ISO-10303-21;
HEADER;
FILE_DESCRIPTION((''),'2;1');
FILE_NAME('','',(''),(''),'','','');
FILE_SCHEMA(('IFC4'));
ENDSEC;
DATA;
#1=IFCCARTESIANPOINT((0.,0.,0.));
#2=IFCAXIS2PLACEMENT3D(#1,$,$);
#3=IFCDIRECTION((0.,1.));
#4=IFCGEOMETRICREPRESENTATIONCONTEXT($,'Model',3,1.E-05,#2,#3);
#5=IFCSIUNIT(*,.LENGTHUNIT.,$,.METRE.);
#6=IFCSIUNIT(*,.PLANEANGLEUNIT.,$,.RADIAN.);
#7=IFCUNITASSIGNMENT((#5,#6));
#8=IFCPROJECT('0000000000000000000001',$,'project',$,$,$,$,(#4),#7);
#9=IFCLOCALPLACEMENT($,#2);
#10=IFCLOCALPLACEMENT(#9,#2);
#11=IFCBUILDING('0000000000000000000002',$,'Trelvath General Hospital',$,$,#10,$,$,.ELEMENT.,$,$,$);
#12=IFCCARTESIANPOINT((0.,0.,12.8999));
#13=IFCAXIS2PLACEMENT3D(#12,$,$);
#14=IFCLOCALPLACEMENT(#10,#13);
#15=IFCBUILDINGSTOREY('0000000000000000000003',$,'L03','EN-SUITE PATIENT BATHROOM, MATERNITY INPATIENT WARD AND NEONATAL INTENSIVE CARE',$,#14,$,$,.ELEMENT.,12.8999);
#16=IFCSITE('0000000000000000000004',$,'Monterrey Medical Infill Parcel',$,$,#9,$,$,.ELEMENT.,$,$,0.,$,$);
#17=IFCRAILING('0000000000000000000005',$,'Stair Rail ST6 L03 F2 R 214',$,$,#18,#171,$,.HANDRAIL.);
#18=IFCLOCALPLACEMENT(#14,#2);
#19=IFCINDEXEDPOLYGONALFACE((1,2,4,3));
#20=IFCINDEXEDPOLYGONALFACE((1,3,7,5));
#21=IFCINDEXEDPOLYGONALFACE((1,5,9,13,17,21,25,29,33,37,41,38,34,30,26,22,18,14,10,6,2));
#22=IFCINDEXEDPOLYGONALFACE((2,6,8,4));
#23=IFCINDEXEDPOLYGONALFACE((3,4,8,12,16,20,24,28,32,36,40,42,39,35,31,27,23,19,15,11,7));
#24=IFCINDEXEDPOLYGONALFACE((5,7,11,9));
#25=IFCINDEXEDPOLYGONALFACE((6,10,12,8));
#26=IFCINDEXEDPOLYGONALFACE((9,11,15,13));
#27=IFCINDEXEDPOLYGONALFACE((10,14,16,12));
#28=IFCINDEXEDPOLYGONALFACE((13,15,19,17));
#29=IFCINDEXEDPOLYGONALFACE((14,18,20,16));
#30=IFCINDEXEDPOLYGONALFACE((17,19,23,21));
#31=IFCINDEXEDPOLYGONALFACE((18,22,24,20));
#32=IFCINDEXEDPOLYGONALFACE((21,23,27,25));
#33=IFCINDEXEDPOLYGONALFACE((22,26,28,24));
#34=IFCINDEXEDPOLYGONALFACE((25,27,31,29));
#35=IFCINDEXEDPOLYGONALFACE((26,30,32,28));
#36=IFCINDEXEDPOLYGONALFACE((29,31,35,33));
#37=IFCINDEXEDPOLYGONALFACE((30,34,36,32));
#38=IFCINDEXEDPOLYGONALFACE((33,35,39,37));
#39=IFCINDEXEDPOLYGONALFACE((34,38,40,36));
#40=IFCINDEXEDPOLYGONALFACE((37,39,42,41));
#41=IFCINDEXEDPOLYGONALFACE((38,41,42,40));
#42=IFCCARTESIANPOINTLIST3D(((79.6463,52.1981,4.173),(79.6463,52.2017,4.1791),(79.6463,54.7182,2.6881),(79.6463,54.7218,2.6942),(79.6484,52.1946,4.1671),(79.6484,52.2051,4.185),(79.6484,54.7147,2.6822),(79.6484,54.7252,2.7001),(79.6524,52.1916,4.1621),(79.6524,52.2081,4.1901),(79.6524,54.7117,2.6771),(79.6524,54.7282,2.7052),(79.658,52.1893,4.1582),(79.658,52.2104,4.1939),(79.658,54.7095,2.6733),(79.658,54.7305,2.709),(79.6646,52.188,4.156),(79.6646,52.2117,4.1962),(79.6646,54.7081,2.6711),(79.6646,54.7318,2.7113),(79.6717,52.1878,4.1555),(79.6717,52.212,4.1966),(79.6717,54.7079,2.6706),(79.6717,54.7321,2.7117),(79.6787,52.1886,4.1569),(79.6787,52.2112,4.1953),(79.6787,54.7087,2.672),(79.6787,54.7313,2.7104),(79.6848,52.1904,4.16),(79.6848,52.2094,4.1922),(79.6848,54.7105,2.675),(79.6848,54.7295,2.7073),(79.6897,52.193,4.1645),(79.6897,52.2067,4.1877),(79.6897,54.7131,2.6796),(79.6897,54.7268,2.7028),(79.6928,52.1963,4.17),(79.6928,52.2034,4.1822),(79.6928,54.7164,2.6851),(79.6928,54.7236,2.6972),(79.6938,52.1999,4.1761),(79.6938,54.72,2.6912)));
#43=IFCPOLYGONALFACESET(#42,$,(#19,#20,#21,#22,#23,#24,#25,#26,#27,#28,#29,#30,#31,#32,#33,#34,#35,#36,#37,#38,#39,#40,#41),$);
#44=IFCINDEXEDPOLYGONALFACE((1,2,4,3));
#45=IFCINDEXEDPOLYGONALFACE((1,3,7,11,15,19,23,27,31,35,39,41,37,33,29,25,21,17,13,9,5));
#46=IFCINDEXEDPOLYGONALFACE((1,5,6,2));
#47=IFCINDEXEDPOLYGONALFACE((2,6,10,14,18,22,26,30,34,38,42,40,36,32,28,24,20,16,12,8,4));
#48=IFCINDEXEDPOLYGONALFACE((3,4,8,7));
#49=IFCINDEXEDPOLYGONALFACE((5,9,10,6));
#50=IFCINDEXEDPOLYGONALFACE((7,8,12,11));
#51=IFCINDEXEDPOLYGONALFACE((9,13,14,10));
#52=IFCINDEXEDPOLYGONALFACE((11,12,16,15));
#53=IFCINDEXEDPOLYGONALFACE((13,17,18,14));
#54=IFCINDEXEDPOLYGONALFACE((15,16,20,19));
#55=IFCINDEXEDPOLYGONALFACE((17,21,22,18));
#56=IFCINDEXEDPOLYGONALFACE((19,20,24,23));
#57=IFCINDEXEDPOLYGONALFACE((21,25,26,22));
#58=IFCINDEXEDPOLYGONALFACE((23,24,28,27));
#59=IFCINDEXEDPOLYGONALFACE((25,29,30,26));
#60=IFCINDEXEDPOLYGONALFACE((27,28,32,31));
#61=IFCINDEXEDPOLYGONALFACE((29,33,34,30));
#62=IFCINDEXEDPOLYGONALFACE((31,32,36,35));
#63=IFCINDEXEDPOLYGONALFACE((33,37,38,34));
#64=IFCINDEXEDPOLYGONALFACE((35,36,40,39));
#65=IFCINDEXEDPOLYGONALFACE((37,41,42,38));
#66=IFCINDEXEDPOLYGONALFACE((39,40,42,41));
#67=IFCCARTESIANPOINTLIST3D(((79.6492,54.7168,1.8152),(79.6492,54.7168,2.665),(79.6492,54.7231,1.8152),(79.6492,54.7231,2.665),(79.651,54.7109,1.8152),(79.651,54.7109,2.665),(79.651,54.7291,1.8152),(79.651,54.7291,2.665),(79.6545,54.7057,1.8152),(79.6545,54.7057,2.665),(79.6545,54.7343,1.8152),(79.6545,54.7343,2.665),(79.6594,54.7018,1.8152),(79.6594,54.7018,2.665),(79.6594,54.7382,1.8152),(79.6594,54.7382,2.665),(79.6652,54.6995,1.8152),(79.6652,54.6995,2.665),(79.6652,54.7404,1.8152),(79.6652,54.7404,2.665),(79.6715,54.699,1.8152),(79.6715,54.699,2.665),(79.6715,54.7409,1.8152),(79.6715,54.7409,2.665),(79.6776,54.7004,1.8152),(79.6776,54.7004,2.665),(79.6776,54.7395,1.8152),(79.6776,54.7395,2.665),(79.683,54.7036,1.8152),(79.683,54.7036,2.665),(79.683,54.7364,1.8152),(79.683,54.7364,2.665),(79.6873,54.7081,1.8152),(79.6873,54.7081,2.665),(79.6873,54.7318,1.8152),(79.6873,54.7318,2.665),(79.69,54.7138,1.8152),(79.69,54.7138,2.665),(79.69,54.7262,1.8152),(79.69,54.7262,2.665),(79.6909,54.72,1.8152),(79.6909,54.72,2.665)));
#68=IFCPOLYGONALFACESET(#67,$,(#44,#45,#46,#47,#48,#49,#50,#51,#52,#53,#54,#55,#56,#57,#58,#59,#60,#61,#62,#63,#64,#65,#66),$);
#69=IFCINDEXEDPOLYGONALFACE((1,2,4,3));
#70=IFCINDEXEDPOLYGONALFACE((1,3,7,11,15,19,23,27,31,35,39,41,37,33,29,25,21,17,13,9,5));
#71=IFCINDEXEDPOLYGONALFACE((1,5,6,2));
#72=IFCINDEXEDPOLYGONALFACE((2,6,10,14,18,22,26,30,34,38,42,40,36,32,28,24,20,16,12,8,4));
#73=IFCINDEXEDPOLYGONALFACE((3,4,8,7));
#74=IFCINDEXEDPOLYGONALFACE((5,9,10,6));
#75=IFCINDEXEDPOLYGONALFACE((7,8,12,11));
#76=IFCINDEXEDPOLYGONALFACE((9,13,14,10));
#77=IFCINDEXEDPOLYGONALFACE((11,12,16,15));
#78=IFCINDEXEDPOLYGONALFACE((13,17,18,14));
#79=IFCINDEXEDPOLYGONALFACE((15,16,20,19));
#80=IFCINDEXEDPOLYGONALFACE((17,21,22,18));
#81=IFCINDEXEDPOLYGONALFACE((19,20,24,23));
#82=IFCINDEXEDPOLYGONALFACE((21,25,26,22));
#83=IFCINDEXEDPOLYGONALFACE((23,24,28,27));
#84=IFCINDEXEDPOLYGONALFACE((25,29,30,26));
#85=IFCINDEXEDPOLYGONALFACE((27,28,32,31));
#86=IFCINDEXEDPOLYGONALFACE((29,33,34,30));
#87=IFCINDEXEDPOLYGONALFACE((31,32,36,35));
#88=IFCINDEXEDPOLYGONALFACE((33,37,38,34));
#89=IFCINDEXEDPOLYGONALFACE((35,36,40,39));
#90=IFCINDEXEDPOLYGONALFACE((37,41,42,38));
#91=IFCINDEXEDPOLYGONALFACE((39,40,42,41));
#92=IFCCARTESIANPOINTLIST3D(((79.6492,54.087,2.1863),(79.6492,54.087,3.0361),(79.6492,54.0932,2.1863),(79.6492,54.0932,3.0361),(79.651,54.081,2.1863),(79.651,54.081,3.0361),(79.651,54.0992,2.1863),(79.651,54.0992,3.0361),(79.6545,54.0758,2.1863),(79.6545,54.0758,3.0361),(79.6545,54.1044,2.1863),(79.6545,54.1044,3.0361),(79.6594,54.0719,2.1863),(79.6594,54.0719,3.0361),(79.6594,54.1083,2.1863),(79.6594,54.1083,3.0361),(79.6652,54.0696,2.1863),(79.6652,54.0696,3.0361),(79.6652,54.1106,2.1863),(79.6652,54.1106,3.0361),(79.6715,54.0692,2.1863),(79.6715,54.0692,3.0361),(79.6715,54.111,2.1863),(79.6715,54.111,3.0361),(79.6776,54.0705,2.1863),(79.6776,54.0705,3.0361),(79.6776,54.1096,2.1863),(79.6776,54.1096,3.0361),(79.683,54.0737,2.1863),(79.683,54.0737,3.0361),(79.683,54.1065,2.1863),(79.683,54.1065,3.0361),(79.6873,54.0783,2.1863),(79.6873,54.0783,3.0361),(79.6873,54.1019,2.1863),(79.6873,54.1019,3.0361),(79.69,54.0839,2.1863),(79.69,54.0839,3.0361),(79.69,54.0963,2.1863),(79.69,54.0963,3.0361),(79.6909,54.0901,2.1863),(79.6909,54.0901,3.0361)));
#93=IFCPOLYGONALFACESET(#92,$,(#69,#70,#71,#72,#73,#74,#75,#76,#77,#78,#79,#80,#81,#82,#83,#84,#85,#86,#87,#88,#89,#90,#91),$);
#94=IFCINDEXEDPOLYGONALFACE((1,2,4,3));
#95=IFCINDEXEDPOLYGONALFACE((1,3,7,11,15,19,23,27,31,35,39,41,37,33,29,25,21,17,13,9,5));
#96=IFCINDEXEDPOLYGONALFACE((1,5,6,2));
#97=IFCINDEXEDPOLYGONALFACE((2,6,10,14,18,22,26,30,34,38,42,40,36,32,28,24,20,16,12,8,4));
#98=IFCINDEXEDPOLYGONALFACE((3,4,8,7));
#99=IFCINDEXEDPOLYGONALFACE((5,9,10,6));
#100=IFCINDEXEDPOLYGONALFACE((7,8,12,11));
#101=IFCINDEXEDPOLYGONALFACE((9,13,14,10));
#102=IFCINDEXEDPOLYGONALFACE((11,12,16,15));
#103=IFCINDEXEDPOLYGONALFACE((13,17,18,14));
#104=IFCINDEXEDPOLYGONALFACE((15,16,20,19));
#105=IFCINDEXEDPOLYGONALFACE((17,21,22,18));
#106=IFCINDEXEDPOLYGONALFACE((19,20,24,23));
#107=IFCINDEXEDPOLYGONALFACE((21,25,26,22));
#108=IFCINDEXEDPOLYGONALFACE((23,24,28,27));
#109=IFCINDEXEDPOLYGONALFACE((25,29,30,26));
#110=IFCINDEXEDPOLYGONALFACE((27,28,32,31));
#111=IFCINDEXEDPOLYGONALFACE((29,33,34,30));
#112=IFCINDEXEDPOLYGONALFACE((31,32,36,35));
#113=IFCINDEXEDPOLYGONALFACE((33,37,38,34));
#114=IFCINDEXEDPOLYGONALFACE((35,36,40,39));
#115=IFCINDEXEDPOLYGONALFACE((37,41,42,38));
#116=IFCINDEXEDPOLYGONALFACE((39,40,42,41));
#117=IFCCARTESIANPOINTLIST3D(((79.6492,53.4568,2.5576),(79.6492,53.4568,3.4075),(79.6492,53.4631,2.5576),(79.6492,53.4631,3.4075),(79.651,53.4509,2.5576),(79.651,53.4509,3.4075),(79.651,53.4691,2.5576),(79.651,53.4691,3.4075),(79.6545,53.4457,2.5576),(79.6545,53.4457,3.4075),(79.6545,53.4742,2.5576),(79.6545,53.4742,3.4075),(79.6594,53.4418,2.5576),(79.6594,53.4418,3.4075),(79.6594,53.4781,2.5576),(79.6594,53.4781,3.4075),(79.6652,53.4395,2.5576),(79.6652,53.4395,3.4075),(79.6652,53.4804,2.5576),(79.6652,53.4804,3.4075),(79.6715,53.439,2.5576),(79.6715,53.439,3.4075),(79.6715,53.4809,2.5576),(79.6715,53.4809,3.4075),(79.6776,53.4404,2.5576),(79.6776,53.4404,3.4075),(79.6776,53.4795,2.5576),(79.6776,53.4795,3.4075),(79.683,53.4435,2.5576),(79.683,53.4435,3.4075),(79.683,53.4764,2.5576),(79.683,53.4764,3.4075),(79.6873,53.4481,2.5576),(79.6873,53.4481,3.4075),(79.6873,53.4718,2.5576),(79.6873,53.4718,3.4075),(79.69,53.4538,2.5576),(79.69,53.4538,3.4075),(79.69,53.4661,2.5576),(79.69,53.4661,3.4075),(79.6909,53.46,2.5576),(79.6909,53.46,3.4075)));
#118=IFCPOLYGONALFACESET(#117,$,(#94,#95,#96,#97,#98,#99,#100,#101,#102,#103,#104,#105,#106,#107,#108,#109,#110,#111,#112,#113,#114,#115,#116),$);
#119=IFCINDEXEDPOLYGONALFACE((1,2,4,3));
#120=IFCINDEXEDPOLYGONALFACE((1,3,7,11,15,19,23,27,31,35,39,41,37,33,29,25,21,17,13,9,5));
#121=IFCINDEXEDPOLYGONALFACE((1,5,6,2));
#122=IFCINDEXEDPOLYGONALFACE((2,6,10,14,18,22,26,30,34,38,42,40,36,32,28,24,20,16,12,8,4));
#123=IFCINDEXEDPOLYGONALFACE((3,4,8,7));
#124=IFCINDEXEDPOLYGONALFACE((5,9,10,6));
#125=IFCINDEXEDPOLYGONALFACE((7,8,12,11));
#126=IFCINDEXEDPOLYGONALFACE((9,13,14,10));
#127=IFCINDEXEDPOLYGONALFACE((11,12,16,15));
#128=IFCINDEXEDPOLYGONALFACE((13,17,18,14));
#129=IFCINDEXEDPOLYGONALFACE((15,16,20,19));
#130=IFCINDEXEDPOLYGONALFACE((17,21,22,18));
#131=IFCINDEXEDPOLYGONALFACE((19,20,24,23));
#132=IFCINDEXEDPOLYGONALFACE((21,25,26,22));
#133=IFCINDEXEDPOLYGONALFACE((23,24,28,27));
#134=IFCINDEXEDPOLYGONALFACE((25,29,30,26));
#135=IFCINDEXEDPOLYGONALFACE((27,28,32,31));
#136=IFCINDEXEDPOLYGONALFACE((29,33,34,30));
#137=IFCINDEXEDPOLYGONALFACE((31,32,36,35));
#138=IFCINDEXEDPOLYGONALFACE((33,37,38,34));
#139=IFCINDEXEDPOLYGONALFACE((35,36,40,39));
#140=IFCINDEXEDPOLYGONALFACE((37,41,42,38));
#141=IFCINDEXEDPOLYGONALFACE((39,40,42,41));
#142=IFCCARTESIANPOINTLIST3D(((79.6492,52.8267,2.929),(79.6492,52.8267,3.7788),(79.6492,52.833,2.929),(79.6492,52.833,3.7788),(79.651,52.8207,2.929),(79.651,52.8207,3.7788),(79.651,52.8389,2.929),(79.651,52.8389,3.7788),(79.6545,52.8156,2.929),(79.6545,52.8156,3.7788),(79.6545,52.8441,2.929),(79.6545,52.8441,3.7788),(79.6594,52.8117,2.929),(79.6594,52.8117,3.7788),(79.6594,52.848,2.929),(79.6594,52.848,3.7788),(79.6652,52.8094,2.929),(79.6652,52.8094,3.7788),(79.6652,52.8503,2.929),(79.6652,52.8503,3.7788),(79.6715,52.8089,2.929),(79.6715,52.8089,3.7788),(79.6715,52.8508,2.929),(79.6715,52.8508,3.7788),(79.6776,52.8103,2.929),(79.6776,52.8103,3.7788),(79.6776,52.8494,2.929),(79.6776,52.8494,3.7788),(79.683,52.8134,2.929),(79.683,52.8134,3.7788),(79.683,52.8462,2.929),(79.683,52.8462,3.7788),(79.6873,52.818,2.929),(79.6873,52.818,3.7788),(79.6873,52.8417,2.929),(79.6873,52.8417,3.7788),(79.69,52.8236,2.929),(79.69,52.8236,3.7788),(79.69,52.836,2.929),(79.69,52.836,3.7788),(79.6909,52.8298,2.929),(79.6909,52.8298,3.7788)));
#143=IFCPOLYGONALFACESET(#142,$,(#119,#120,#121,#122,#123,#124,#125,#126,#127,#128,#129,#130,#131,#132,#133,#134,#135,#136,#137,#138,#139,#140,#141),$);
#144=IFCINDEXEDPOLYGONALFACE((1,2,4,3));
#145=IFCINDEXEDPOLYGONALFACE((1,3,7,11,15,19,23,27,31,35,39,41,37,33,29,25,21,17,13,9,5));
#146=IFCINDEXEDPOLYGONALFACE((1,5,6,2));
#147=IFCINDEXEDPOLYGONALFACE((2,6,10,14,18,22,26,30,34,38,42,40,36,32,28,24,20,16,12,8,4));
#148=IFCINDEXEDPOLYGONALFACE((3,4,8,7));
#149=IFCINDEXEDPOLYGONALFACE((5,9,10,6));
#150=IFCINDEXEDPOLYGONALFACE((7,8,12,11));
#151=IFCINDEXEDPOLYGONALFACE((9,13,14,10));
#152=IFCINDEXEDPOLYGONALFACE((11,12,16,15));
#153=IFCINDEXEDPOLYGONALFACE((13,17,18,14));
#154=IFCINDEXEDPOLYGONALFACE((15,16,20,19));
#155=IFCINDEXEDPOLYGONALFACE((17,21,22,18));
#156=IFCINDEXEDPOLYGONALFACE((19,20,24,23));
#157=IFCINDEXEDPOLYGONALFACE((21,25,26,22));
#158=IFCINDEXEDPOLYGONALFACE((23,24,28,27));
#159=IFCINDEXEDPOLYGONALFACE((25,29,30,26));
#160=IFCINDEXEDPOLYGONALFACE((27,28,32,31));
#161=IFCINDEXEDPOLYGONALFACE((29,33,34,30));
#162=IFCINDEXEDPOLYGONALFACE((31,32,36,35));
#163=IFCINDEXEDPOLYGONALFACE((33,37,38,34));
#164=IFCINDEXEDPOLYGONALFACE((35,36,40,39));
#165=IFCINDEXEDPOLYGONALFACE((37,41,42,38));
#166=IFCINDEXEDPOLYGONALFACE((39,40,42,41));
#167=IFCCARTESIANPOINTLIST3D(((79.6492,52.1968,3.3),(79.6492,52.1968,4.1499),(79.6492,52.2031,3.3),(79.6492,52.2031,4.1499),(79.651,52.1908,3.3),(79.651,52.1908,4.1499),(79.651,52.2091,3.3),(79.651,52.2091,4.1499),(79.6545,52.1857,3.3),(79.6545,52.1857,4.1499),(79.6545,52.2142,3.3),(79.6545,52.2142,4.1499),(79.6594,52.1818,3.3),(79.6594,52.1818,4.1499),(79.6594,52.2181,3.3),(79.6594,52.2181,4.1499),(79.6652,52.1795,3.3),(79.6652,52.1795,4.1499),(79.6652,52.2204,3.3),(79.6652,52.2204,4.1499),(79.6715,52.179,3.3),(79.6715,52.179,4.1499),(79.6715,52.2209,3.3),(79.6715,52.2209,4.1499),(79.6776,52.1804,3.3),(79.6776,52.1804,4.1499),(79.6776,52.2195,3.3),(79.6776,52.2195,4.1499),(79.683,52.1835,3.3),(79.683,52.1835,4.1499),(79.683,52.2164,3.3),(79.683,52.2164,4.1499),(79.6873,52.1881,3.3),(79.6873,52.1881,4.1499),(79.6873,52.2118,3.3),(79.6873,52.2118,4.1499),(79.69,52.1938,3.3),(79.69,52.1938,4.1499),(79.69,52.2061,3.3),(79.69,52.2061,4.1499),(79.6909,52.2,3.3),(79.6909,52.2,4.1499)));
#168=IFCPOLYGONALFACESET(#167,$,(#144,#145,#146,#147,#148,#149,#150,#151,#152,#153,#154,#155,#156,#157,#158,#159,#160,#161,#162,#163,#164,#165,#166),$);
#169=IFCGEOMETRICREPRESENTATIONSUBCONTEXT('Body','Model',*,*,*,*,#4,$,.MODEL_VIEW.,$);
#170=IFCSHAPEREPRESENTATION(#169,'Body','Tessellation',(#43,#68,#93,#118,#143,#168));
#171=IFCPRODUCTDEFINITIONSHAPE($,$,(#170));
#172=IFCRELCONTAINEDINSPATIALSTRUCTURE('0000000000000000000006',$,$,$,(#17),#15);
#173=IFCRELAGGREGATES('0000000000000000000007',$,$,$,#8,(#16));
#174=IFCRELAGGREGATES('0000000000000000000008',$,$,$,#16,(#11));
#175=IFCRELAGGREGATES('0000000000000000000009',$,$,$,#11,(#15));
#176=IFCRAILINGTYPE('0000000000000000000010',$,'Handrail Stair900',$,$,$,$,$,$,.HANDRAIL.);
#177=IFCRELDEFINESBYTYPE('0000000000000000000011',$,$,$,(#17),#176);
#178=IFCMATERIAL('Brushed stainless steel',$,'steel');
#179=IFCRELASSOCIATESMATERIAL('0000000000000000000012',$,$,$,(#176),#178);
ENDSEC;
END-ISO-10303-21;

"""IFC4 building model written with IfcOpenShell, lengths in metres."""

from ifc_helpers import new_model, si_unit, direction, frame, origin, origin_2d, place, context, subcontext, project, spatial, circle, extrude, material, type_object, element, save


model = new_model("IFC4")

# Units and contexts
model_context = context("Model", 3, precision=1e-05, world=origin(), true_north=direction((0.0, 1.0)))
body_context = subcontext(model_context, "Body", "Model", "MODEL_VIEW")
ifc_project = project(units=[si_unit("LENGTHUNIT", "METRE"), si_unit("PLANEANGLEUNIT", "RADIAN")], contexts=[model_context])

# Site, building, storey
site_placement = place(None, origin())
site = spatial("IfcSite", under=ifc_project, at=site_placement, Name="Monterrey Medical Infill Parcel", CompositionType="ELEMENT", RefElevation=0.0)
building_placement = place(site_placement, origin())
building = spatial("IfcBuilding", under=site, at=building_placement, Name="Trelvath General Hospital", CompositionType="ELEMENT")
storey_placement = place(building_placement, frame((0.0, 0.0, 12.8999)))
storey = spatial("IfcBuildingStorey", under=building, at=storey_placement, Name="L03", Description="EN-SUITE PATIENT BATHROOM, MATERNITY INPATIENT WARD AND NEONATAL INTENSIVE CARE", CompositionType="ELEMENT", Elevation=12.8999)

# Railing
ifc_material_1 = material(Name="Brushed stainless steel", Category="steel")
railing_type_1 = type_object("IfcRailingType", Name="Handrail Stair900", PredefinedType="HANDRAIL", material=ifc_material_1)
railing_1_placement = place(storey_placement, frame((79.6699, 54.72, 1.8152)))
element("IfcRailing", 1, at=railing_1_placement, inside=storey, type_object=railing_type_1, Name="Stair Rail ST6 L03 F2 R 214", PredefinedType="HANDRAIL", context=body_context, shape_type="SweptSolid", body=[
    extrude(circle(Radius=0.0239, at=origin_2d()), frame((0.0, 0.0, 0.876), z_axis=(0.0, -0.861561, 0.507655), x_axis=(1.0, 0.0, 0.0)), (0.0, 0.0, 1.0), 2.925),
    extrude(circle(Radius=0.021, at=origin_2d()), origin(), (0.0, 0.0, 1.0), 0.8499),
    extrude(circle(Radius=0.021, at=origin_2d()), frame((0.0, -0.6299, 0.3711)), (0.0, 0.0, 1.0), 0.8499),
    extrude(circle(Radius=0.021, at=origin_2d()), frame((0.0, -1.26, 0.7424)), (0.0, 0.0, 1.0), 0.8499),
    extrude(circle(Radius=0.021, at=origin_2d()), frame((0.0, -1.8901, 1.1138)), (0.0, 0.0, 1.0), 0.8499),
    extrude(circle(Radius=0.021, at=origin_2d()), frame((0.0, -2.52, 1.4849)), (0.0, 0.0, 1.0), 0.8499),
])

save(model, "model.ifc")
